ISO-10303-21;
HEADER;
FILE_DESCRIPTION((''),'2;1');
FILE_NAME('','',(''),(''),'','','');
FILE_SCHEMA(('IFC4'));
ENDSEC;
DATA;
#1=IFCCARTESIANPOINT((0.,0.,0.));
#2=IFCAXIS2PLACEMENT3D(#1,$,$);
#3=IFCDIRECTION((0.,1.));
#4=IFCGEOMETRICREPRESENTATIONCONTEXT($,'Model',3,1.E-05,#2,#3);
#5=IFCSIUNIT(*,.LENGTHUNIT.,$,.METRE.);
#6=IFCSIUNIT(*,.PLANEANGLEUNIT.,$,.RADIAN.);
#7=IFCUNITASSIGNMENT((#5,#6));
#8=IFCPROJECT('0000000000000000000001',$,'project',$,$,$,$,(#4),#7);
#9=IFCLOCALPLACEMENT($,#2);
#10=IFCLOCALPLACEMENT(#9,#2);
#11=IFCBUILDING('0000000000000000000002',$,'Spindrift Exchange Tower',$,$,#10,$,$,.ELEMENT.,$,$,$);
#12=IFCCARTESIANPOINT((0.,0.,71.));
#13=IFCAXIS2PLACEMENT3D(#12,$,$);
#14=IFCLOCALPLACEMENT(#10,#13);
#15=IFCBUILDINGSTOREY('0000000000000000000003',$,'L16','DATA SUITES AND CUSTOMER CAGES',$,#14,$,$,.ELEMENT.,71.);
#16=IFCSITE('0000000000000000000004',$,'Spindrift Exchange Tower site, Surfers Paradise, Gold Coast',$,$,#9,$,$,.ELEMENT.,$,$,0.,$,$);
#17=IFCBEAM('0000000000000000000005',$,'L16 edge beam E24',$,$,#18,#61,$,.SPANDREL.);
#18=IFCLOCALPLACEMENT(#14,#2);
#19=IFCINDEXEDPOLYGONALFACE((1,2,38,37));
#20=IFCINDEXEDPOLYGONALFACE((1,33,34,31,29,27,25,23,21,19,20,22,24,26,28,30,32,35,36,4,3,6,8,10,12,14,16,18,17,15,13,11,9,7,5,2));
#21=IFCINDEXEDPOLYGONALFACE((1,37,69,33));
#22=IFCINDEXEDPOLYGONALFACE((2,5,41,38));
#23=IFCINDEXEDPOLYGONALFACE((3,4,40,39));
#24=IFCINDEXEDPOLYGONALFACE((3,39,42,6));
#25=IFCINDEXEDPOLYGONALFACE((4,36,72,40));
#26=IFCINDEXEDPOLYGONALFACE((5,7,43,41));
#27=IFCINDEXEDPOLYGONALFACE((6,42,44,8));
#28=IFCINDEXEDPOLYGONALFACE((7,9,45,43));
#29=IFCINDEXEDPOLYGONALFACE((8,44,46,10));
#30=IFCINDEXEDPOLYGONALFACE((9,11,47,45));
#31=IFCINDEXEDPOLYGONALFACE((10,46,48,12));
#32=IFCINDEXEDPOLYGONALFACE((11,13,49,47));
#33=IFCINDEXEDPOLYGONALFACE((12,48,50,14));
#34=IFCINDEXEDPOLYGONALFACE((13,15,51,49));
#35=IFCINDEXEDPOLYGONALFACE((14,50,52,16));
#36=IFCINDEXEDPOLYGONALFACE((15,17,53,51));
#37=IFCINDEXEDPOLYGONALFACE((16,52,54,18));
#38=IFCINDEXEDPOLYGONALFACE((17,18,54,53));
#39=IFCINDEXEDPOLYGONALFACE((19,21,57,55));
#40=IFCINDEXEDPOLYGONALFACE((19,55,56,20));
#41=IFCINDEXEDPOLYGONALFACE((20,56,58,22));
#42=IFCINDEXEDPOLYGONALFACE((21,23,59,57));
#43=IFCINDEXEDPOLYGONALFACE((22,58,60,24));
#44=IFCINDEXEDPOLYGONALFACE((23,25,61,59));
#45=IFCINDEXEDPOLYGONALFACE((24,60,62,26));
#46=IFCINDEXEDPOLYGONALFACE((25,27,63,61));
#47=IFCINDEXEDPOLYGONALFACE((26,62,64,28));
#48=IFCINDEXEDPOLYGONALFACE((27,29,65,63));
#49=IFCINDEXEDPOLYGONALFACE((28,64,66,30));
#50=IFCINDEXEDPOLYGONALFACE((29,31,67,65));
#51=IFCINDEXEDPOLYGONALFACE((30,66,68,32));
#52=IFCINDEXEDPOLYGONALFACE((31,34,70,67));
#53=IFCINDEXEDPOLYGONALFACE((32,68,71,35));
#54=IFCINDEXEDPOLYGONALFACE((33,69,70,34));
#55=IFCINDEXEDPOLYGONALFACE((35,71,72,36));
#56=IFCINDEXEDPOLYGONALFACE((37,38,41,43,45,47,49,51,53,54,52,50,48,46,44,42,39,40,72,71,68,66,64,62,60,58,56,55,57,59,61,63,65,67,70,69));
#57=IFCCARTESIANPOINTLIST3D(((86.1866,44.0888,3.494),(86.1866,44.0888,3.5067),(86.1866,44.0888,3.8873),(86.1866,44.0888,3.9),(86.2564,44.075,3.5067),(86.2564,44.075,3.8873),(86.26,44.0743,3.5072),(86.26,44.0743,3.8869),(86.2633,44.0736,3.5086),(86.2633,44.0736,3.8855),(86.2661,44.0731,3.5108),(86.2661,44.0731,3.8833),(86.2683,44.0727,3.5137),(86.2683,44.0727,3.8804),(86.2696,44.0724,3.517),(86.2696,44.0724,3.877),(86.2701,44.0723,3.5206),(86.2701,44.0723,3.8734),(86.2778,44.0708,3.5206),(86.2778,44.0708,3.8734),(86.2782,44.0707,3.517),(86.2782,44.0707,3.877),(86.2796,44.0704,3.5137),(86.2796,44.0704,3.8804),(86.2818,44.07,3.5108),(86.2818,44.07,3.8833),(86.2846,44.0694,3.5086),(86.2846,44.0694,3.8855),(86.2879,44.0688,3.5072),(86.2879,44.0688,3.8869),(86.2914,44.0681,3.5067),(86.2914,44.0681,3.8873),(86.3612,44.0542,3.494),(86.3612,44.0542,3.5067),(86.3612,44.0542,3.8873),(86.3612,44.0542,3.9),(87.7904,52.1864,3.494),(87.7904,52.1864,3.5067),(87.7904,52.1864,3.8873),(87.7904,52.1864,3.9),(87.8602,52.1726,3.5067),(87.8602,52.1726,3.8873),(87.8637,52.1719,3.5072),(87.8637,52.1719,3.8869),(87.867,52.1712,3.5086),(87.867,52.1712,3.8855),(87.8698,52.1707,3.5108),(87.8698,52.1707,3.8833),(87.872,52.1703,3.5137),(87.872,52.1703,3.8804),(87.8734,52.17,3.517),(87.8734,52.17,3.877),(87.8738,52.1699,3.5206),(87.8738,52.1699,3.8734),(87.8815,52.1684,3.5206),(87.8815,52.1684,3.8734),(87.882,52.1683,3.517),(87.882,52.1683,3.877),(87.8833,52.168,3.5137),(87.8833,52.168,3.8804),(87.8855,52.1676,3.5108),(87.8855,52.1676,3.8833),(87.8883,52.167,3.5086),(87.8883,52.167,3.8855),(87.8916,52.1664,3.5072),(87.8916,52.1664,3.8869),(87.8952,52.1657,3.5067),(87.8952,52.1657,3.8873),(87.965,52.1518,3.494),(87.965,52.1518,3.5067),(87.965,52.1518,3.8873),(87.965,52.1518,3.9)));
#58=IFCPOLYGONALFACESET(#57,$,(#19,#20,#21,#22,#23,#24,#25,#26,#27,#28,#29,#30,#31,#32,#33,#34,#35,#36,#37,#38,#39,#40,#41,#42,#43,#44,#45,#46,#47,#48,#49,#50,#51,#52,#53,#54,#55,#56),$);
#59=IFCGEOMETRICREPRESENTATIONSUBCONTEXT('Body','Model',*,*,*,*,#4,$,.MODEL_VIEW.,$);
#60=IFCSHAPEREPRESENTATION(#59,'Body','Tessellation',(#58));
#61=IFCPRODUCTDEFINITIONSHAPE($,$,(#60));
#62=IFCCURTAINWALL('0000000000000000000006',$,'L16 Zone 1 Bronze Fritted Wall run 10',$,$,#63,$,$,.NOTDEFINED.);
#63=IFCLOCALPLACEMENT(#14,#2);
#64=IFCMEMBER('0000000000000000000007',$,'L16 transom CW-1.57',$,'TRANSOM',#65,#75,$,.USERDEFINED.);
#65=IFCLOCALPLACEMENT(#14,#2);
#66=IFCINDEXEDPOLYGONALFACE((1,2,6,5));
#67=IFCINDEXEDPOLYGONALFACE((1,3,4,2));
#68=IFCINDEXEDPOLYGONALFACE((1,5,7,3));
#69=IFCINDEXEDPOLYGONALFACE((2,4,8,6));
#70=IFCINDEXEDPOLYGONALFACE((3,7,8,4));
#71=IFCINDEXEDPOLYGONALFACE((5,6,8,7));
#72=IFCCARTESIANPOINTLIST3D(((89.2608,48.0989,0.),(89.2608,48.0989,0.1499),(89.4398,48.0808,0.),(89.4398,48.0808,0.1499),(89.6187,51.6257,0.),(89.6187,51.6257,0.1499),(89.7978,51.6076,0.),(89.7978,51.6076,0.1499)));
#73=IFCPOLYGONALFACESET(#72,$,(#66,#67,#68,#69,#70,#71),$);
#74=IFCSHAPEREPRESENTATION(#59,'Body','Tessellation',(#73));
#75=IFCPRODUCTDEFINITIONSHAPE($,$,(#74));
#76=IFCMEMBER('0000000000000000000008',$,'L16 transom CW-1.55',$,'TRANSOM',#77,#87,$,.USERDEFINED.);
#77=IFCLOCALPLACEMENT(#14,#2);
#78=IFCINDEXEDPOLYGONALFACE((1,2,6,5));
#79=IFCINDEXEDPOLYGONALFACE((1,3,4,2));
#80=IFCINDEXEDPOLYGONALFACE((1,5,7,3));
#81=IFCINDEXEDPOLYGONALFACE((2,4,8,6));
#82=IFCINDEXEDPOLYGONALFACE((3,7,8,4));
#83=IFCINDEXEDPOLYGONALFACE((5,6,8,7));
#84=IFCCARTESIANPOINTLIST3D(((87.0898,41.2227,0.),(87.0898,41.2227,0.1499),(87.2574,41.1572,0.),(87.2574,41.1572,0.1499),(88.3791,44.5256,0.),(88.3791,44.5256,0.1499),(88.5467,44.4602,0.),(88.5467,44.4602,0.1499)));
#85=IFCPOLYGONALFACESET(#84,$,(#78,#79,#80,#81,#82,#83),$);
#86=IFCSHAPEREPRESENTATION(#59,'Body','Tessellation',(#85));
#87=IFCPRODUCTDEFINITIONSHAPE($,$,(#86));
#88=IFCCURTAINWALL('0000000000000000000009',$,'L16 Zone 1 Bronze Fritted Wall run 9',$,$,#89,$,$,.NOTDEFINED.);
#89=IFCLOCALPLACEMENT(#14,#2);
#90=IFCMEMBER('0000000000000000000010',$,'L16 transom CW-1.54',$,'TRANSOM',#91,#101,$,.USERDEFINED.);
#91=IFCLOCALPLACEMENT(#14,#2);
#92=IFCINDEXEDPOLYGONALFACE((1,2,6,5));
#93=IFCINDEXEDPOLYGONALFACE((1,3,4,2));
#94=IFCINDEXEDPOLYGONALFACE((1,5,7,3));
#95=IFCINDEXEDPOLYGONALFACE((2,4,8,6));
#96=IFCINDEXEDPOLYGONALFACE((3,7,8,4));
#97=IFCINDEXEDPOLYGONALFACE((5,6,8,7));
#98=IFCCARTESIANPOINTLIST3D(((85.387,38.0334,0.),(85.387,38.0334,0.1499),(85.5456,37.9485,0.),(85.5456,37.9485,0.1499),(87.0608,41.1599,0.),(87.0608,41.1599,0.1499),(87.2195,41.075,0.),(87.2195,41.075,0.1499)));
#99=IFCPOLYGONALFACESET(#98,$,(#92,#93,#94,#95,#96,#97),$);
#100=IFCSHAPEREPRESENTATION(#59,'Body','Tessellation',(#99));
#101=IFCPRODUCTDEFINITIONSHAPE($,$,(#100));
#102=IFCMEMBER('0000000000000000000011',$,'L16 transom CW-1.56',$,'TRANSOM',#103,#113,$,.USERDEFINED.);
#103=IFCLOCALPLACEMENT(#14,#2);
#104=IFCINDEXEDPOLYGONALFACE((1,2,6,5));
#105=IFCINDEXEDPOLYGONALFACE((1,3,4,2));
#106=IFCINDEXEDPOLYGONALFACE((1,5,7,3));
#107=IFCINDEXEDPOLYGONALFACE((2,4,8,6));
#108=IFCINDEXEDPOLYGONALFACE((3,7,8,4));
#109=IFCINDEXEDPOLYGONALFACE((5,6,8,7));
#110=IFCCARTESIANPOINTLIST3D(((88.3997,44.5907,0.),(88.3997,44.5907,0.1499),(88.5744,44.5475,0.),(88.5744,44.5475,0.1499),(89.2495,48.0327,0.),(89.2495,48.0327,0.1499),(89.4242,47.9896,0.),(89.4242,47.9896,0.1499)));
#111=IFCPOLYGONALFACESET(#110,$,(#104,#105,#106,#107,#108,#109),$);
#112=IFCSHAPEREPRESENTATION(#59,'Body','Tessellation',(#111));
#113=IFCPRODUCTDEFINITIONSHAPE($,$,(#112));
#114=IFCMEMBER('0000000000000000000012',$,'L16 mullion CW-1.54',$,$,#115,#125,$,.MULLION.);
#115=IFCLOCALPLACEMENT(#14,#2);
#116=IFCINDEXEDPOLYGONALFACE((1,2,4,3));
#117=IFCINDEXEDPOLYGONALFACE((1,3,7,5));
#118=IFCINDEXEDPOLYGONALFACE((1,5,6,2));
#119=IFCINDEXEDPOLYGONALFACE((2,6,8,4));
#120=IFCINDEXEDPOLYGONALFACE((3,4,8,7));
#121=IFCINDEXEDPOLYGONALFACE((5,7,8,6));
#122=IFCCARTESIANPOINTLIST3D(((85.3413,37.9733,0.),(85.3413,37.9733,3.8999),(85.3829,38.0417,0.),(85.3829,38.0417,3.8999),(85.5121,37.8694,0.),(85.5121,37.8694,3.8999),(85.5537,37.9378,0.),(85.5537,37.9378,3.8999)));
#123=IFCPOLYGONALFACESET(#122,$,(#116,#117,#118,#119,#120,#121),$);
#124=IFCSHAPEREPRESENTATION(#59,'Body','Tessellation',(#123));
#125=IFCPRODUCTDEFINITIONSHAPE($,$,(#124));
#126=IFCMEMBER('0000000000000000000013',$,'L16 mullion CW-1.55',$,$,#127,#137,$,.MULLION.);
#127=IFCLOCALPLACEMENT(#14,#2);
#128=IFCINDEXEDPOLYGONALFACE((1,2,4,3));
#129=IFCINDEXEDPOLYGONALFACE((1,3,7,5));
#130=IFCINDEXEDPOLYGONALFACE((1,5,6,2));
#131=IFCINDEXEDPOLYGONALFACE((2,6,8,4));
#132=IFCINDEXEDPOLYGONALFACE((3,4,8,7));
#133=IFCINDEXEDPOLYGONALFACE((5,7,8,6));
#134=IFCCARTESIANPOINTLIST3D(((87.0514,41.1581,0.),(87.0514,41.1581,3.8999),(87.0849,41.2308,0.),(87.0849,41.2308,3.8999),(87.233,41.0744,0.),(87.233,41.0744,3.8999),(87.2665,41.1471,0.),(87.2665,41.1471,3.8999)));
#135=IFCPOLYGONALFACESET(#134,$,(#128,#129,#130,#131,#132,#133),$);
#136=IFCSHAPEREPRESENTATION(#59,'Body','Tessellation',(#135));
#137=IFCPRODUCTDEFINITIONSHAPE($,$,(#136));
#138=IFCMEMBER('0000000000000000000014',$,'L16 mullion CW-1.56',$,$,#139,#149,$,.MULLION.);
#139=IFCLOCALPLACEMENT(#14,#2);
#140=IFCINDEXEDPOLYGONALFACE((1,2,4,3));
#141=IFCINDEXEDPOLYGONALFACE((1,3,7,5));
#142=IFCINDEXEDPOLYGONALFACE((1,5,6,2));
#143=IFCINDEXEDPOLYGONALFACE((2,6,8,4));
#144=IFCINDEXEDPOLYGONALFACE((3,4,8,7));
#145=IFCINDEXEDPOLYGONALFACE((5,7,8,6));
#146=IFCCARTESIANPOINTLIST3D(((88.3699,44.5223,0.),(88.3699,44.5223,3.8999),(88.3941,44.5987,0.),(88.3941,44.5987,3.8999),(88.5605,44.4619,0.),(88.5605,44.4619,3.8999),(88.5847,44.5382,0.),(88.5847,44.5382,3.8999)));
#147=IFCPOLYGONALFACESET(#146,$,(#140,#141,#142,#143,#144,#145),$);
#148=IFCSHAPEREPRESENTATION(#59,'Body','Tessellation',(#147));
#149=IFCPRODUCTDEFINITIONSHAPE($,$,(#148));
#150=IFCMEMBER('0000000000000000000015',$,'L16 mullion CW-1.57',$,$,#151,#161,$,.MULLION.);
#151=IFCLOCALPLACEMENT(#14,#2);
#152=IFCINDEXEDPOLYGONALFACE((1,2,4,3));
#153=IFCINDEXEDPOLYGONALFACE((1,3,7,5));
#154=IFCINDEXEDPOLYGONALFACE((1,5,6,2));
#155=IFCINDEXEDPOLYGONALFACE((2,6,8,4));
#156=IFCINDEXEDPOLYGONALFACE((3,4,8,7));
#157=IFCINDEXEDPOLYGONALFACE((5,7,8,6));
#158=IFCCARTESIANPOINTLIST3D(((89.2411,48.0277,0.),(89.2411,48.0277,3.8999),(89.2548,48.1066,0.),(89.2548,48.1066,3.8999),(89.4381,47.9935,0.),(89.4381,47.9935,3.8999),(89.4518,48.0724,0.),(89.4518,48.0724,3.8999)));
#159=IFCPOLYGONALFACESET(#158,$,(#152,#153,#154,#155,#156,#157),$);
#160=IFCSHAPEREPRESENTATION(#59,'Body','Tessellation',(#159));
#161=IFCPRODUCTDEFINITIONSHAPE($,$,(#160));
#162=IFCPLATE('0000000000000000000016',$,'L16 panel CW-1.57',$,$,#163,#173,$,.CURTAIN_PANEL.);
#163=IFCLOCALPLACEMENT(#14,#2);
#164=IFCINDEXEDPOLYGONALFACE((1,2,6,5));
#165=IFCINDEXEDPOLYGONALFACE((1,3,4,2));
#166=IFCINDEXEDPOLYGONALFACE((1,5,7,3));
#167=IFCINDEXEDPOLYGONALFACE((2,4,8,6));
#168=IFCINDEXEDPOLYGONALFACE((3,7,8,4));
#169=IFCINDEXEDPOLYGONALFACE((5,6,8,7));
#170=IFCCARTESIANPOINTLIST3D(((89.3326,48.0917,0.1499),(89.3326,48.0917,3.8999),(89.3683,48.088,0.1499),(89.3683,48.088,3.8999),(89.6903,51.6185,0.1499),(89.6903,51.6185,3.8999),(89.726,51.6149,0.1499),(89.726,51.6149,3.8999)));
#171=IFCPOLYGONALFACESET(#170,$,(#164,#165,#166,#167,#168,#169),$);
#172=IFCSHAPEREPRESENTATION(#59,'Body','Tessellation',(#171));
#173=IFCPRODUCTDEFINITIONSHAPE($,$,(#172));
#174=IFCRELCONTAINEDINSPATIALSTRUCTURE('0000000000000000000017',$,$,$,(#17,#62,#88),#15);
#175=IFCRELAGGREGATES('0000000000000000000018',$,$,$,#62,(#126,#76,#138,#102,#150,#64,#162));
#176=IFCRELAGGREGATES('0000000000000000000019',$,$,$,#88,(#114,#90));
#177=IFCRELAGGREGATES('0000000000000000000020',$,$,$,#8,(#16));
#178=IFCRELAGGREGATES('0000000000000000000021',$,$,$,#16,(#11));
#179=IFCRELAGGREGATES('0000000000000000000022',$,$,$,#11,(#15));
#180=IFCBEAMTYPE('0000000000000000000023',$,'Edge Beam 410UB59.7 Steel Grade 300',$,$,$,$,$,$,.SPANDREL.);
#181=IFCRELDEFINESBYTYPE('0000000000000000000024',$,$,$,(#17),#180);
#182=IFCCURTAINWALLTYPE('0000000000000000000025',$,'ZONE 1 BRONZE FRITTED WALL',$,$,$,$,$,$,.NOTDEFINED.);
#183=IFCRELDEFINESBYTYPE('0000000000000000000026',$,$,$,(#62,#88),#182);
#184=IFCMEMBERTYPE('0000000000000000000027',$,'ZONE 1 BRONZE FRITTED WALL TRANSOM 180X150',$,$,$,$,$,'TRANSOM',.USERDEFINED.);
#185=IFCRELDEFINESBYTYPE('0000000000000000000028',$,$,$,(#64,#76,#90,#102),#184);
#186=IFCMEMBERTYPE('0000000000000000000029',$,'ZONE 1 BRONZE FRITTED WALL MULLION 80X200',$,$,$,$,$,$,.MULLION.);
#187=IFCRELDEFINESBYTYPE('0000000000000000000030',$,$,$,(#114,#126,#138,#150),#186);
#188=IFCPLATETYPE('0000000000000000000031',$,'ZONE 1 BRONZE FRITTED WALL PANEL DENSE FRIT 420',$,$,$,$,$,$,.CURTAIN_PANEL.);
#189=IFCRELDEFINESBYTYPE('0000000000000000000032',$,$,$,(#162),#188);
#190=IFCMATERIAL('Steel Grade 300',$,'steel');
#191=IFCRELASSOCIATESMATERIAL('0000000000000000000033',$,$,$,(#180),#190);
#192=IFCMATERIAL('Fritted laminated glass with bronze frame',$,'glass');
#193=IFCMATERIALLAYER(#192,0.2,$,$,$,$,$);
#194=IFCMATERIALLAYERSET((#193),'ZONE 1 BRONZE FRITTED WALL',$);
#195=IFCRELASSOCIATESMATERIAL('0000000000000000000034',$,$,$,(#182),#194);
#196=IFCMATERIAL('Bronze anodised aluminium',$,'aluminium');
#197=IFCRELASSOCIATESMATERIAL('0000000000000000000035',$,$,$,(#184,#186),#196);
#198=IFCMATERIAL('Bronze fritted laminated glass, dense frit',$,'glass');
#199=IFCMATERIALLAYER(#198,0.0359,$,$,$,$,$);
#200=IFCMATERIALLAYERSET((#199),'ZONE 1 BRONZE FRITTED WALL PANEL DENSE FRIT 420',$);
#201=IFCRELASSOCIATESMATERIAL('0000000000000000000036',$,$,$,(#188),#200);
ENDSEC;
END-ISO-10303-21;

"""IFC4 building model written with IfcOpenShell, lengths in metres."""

from ifc_helpers import new_model, si_unit, direction, frame, origin, origin_2d, place, context, subcontext, project, spatial, rectangle, i_section, extrude, source, transform, mapped, material, layer, layer_set, material_profile, profile_set, type_object, element, aggregate, save


model = new_model("IFC4")

# Units and contexts
model_context = context("Model", 3, precision=1e-05, world=origin(), true_north=direction((0.0, 1.0)))
body_context = subcontext(model_context, "Body", "Model", "MODEL_VIEW")
ifc_project = project(units=[si_unit("LENGTHUNIT", "METRE"), si_unit("PLANEANGLEUNIT", "RADIAN")], contexts=[model_context])

# Site, building, storey
site_placement = place(None, origin())
site = spatial("IfcSite", under=ifc_project, at=site_placement, Name="Spindrift Exchange Tower site, Surfers Paradise, Gold Coast", CompositionType="ELEMENT", RefElevation=0.0)
building_placement = place(site_placement, origin())
building = spatial("IfcBuilding", under=site, at=building_placement, Name="Spindrift Exchange Tower", CompositionType="ELEMENT")
storey_placement = place(building_placement, frame((0.0, 0.0, 71.0)))
storey = spatial("IfcBuildingStorey", under=building, at=storey_placement, Name="L16", Description="DATA SUITES AND CUSTOMER CAGES", CompositionType="ELEMENT", Elevation=71.0)

# Beam
ifc_material_1 = material(Name="Steel Grade 300", Category="steel")
ifc_material_profile_1 = material_profile(ifc_material_1, i_section(OverallWidth=0.178, OverallDepth=0.406, WebThickness=0.0078, FlangeThickness=0.0127, FilletRadius=0.0139, at=origin_2d()), Name="410UB59.7")
ifc_profile_set_1 = profile_set([ifc_material_profile_1], Name="Steel Grade 300")
beam_type_1 = type_object("IfcBeamType", Name="Edge Beam 410UB59.7 Steel Grade 300", PredefinedType="SPANDREL", material=ifc_profile_set_1)
shared_shape_1 = source(origin(), body_context, "Body", "SweptSolid", [
    extrude(i_section(OverallWidth=0.178, OverallDepth=0.406, WebThickness=0.0078, FlangeThickness=0.0127, FilletRadius=0.0139, at=origin_2d()), origin(), (0.0, 0.0, 1.0), 8.2549),
])
beam_1_placement = place(storey_placement, frame((86.2739, 44.0715, 3.697), z_axis=(0.194279, 0.980946, 0.0), x_axis=(-0.980946, 0.194279, 0.0)))
element("IfcBeam", 1, at=beam_1_placement, inside=storey, type_object=beam_type_1, Name="L16 edge beam E24", PredefinedType="SPANDREL", context=body_context, shape_type="MappedRepresentation", body=[
    mapped(shared_shape_1, transform((0.0, 0.0, 0.0), scale=1.0)),
])

# Curtain wall, members
ifc_material_2 = material(Name="Fritted laminated glass with bronze frame", Category="glass")
ifc_layer_1 = layer(ifc_material_2, 0.2)
ifc_layer_set_1 = layer_set([ifc_layer_1], Name="ZONE 1 BRONZE FRITTED WALL")
curtain_wall_type = type_object("IfcCurtainWallType", Name="ZONE 1 BRONZE FRITTED WALL", PredefinedType="NOTDEFINED", material=ifc_layer_set_1)
curtain_wall_1_placement = place(storey_placement, origin())
curtain_wall_1 = element("IfcCurtainWall", 2, at=curtain_wall_1_placement, inside=storey, type_object=curtain_wall_type, Name="L16 Zone 1 Bronze Fritted Wall run 10", PredefinedType="NOTDEFINED")
ifc_material_3 = material(Name="Bronze anodised aluminium", Category="aluminium")
ifc_material_profile_2 = material_profile(ifc_material_3, rectangle(XDim=0.1799, YDim=0.1499, at=origin_2d()), Name="ZONE 1 BRONZE FRITTED WALL TRANSOM 180X150")
ifc_profile_set_2 = profile_set([ifc_material_profile_2], Name="Bronze anodised aluminium")
member_type_1 = type_object("IfcMemberType", Name="ZONE 1 BRONZE FRITTED WALL TRANSOM 180X150", ElementType="TRANSOM", PredefinedType="USERDEFINED", material=ifc_profile_set_2)
shared_shape_2 = source(origin(), body_context, "Body", "SweptSolid", [
    extrude(rectangle(XDim=0.1799, YDim=0.1499, at=origin_2d()), origin(), (0.0, 0.0, 1.0), 3.5449),
])
member_1_placement = place(storey_placement, frame((89.3503, 48.0898, 0.075), z_axis=(0.100963, 0.99489, 0.0), x_axis=(-0.99489, 0.100963, 0.0)))
member_1 = element("IfcMember", 3, at=member_1_placement, type_object=member_type_1, Name="L16 transom CW-1.57", ObjectType="TRANSOM", PredefinedType="USERDEFINED", context=body_context, shape_type="MappedRepresentation", body=[
    mapped(shared_shape_2, transform((0.0, 0.0, 0.0), scale=1.0)),
])
shared_shape_3 = source(origin(), body_context, "Body", "SweptSolid", [
    extrude(rectangle(XDim=0.1799, YDim=0.1499, at=origin_2d()), origin(), (0.0, 0.0, 1.0), 3.5457),
])
member_2_placement = place(storey_placement, frame((87.1736, 41.1899, 0.075), z_axis=(0.363626, 0.931545, 0.0), x_axis=(-0.931545, 0.363626, 0.0)))
member_2 = element("IfcMember", 4, at=member_2_placement, type_object=member_type_1, Name="L16 transom CW-1.55", ObjectType="TRANSOM", PredefinedType="USERDEFINED", context=body_context, shape_type="MappedRepresentation", body=[
    mapped(shared_shape_3, transform((0.0, 0.0, 0.0), scale=1.0)),
])

# Curtain wall, member
curtain_wall_2_placement = place(storey_placement, origin())
curtain_wall_2 = element("IfcCurtainWall", 5, at=curtain_wall_2_placement, inside=storey, type_object=curtain_wall_type, Name="L16 Zone 1 Bronze Fritted Wall run 9", PredefinedType="NOTDEFINED")
shared_shape_4 = source(origin(), body_context, "Body", "SweptSolid", [
    extrude(rectangle(XDim=0.1799, YDim=0.1499, at=origin_2d()), origin(), (0.0, 0.0, 1.0), 3.5464),
])
member_3_placement = place(storey_placement, frame((85.4663, 37.991, 0.075), z_axis=(0.471988, 0.881605, 0.0), x_axis=(-0.881605, 0.471988, 0.0)))
member_3 = element("IfcMember", 6, at=member_3_placement, type_object=member_type_1, Name="L16 transom CW-1.54", ObjectType="TRANSOM", PredefinedType="USERDEFINED", context=body_context, shape_type="MappedRepresentation", body=[
    mapped(shared_shape_4, transform((0.0, 0.0, 0.0), scale=1.0)),
])

# Members
shared_shape_5 = source(origin(), body_context, "Body", "SweptSolid", [
    extrude(rectangle(XDim=0.1799, YDim=0.1499, at=origin_2d()), origin(), (0.0, 0.0, 1.0), 3.5454),
])
member_4_placement = place(storey_placement, frame((88.4871, 44.5691, 0.075), z_axis=(0.239699, 0.970847, 0.0), x_axis=(-0.970847, 0.239699, 0.0)))
member_4 = element("IfcMember", 7, at=member_4_placement, type_object=member_type_1, Name="L16 transom CW-1.56", ObjectType="TRANSOM", PredefinedType="USERDEFINED", context=body_context, shape_type="MappedRepresentation", body=[
    mapped(shared_shape_5, transform((0.0, 0.0, 0.0), scale=1.0)),
])
ifc_material_profile_3 = material_profile(ifc_material_3, rectangle(XDim=0.0801, YDim=0.2, at=origin_2d()), Name="ZONE 1 BRONZE FRITTED WALL MULLION 80X200")
ifc_profile_set_3 = profile_set([ifc_material_profile_3], Name="Bronze anodised aluminium")
member_type_2 = type_object("IfcMemberType", Name="ZONE 1 BRONZE FRITTED WALL MULLION 80X200", PredefinedType="MULLION", material=ifc_profile_set_3)
shared_shape_6 = source(origin(), body_context, "Body", "SweptSolid", [
    extrude(rectangle(XDim=0.0801, YDim=0.2, at=origin_2d()), origin(), (0.0, 0.0, 1.0), 3.8999),
])
member_5_placement = place(storey_placement, frame((85.4475, 37.9556, 0.0), z_axis=(0.0, 0.0, 1.0), x_axis=(0.519469, 0.854489, 0.0)))
member_5 = element("IfcMember", 8, at=member_5_placement, type_object=member_type_2, Name="L16 mullion CW-1.54", PredefinedType="MULLION", context=body_context, shape_type="MappedRepresentation", body=[
    mapped(shared_shape_6, transform((0.0, 0.0, 0.0), scale=1.0)),
])
member_6_placement = place(storey_placement, frame((87.1589, 41.1526, 0.0), z_axis=(0.0, 0.0, 1.0), x_axis=(0.418538, 0.908199, 0.0)))
member_6 = element("IfcMember", 9, at=member_6_placement, type_object=member_type_2, Name="L16 mullion CW-1.55", PredefinedType="MULLION", context=body_context, shape_type="MappedRepresentation", body=[
    mapped(shared_shape_6, transform((0.0, 0.0, 0.0), scale=1.0)),
])
member_7_placement = place(storey_placement, frame((88.4773, 44.5303, 0.0), z_axis=(0.0, 0.0, 1.0), x_axis=(0.302294, 0.953215, 0.0)))
member_7 = element("IfcMember", 10, at=member_7_placement, type_object=member_type_2, Name="L16 mullion CW-1.56", PredefinedType="MULLION", context=body_context, shape_type="MappedRepresentation", body=[
    mapped(shared_shape_6, transform((0.0, 0.0, 0.0), scale=1.0)),
])
member_8_placement = place(storey_placement, frame((89.3464, 48.05, 0.0), z_axis=(0.0, 0.0, 1.0), x_axis=(0.170725, 0.985319, 0.0)))
member_8 = element("IfcMember", 11, at=member_8_placement, type_object=member_type_2, Name="L16 mullion CW-1.57", PredefinedType="MULLION", context=body_context, shape_type="MappedRepresentation", body=[
    mapped(shared_shape_6, transform((0.0, 0.0, 0.0), scale=1.0)),
])

# Plate
ifc_material_4 = material(Name="Bronze fritted laminated glass, dense frit", Category="glass")
ifc_layer_2 = layer(ifc_material_4, 0.0359)
ifc_layer_set_2 = layer_set([ifc_layer_2], Name="ZONE 1 BRONZE FRITTED WALL PANEL DENSE FRIT 420")
plate_type_1 = type_object("IfcPlateType", Name="ZONE 1 BRONZE FRITTED WALL PANEL DENSE FRIT 420", PredefinedType="CURTAIN_PANEL", material=ifc_layer_set_2)
shared_shape_7 = source(origin(), body_context, "Body", "SweptSolid", [
    extrude(rectangle(XDim=3.5449, YDim=0.0359, at=origin_2d()), origin(), (0.0, 0.0, 1.0), 3.75),
])
plate_1_placement = place(storey_placement, frame((89.5293, 49.8533, 0.1499), z_axis=(0.0, 0.0, 1.0), x_axis=(0.10091, 0.994896, 0.0)))
plate_1 = element("IfcPlate", 12, at=plate_1_placement, type_object=plate_type_1, Name="L16 panel CW-1.57", PredefinedType="CURTAIN_PANEL", context=body_context, shape_type="MappedRepresentation", body=[
    mapped(shared_shape_7, transform((0.0, 0.0, 0.0), scale=1.0)),
])
aggregate(curtain_wall_1, [member_6, member_2, member_7, member_4, member_8, member_1, plate_1])
aggregate(curtain_wall_2, [member_5, member_3])

save(model, "model.ifc")
